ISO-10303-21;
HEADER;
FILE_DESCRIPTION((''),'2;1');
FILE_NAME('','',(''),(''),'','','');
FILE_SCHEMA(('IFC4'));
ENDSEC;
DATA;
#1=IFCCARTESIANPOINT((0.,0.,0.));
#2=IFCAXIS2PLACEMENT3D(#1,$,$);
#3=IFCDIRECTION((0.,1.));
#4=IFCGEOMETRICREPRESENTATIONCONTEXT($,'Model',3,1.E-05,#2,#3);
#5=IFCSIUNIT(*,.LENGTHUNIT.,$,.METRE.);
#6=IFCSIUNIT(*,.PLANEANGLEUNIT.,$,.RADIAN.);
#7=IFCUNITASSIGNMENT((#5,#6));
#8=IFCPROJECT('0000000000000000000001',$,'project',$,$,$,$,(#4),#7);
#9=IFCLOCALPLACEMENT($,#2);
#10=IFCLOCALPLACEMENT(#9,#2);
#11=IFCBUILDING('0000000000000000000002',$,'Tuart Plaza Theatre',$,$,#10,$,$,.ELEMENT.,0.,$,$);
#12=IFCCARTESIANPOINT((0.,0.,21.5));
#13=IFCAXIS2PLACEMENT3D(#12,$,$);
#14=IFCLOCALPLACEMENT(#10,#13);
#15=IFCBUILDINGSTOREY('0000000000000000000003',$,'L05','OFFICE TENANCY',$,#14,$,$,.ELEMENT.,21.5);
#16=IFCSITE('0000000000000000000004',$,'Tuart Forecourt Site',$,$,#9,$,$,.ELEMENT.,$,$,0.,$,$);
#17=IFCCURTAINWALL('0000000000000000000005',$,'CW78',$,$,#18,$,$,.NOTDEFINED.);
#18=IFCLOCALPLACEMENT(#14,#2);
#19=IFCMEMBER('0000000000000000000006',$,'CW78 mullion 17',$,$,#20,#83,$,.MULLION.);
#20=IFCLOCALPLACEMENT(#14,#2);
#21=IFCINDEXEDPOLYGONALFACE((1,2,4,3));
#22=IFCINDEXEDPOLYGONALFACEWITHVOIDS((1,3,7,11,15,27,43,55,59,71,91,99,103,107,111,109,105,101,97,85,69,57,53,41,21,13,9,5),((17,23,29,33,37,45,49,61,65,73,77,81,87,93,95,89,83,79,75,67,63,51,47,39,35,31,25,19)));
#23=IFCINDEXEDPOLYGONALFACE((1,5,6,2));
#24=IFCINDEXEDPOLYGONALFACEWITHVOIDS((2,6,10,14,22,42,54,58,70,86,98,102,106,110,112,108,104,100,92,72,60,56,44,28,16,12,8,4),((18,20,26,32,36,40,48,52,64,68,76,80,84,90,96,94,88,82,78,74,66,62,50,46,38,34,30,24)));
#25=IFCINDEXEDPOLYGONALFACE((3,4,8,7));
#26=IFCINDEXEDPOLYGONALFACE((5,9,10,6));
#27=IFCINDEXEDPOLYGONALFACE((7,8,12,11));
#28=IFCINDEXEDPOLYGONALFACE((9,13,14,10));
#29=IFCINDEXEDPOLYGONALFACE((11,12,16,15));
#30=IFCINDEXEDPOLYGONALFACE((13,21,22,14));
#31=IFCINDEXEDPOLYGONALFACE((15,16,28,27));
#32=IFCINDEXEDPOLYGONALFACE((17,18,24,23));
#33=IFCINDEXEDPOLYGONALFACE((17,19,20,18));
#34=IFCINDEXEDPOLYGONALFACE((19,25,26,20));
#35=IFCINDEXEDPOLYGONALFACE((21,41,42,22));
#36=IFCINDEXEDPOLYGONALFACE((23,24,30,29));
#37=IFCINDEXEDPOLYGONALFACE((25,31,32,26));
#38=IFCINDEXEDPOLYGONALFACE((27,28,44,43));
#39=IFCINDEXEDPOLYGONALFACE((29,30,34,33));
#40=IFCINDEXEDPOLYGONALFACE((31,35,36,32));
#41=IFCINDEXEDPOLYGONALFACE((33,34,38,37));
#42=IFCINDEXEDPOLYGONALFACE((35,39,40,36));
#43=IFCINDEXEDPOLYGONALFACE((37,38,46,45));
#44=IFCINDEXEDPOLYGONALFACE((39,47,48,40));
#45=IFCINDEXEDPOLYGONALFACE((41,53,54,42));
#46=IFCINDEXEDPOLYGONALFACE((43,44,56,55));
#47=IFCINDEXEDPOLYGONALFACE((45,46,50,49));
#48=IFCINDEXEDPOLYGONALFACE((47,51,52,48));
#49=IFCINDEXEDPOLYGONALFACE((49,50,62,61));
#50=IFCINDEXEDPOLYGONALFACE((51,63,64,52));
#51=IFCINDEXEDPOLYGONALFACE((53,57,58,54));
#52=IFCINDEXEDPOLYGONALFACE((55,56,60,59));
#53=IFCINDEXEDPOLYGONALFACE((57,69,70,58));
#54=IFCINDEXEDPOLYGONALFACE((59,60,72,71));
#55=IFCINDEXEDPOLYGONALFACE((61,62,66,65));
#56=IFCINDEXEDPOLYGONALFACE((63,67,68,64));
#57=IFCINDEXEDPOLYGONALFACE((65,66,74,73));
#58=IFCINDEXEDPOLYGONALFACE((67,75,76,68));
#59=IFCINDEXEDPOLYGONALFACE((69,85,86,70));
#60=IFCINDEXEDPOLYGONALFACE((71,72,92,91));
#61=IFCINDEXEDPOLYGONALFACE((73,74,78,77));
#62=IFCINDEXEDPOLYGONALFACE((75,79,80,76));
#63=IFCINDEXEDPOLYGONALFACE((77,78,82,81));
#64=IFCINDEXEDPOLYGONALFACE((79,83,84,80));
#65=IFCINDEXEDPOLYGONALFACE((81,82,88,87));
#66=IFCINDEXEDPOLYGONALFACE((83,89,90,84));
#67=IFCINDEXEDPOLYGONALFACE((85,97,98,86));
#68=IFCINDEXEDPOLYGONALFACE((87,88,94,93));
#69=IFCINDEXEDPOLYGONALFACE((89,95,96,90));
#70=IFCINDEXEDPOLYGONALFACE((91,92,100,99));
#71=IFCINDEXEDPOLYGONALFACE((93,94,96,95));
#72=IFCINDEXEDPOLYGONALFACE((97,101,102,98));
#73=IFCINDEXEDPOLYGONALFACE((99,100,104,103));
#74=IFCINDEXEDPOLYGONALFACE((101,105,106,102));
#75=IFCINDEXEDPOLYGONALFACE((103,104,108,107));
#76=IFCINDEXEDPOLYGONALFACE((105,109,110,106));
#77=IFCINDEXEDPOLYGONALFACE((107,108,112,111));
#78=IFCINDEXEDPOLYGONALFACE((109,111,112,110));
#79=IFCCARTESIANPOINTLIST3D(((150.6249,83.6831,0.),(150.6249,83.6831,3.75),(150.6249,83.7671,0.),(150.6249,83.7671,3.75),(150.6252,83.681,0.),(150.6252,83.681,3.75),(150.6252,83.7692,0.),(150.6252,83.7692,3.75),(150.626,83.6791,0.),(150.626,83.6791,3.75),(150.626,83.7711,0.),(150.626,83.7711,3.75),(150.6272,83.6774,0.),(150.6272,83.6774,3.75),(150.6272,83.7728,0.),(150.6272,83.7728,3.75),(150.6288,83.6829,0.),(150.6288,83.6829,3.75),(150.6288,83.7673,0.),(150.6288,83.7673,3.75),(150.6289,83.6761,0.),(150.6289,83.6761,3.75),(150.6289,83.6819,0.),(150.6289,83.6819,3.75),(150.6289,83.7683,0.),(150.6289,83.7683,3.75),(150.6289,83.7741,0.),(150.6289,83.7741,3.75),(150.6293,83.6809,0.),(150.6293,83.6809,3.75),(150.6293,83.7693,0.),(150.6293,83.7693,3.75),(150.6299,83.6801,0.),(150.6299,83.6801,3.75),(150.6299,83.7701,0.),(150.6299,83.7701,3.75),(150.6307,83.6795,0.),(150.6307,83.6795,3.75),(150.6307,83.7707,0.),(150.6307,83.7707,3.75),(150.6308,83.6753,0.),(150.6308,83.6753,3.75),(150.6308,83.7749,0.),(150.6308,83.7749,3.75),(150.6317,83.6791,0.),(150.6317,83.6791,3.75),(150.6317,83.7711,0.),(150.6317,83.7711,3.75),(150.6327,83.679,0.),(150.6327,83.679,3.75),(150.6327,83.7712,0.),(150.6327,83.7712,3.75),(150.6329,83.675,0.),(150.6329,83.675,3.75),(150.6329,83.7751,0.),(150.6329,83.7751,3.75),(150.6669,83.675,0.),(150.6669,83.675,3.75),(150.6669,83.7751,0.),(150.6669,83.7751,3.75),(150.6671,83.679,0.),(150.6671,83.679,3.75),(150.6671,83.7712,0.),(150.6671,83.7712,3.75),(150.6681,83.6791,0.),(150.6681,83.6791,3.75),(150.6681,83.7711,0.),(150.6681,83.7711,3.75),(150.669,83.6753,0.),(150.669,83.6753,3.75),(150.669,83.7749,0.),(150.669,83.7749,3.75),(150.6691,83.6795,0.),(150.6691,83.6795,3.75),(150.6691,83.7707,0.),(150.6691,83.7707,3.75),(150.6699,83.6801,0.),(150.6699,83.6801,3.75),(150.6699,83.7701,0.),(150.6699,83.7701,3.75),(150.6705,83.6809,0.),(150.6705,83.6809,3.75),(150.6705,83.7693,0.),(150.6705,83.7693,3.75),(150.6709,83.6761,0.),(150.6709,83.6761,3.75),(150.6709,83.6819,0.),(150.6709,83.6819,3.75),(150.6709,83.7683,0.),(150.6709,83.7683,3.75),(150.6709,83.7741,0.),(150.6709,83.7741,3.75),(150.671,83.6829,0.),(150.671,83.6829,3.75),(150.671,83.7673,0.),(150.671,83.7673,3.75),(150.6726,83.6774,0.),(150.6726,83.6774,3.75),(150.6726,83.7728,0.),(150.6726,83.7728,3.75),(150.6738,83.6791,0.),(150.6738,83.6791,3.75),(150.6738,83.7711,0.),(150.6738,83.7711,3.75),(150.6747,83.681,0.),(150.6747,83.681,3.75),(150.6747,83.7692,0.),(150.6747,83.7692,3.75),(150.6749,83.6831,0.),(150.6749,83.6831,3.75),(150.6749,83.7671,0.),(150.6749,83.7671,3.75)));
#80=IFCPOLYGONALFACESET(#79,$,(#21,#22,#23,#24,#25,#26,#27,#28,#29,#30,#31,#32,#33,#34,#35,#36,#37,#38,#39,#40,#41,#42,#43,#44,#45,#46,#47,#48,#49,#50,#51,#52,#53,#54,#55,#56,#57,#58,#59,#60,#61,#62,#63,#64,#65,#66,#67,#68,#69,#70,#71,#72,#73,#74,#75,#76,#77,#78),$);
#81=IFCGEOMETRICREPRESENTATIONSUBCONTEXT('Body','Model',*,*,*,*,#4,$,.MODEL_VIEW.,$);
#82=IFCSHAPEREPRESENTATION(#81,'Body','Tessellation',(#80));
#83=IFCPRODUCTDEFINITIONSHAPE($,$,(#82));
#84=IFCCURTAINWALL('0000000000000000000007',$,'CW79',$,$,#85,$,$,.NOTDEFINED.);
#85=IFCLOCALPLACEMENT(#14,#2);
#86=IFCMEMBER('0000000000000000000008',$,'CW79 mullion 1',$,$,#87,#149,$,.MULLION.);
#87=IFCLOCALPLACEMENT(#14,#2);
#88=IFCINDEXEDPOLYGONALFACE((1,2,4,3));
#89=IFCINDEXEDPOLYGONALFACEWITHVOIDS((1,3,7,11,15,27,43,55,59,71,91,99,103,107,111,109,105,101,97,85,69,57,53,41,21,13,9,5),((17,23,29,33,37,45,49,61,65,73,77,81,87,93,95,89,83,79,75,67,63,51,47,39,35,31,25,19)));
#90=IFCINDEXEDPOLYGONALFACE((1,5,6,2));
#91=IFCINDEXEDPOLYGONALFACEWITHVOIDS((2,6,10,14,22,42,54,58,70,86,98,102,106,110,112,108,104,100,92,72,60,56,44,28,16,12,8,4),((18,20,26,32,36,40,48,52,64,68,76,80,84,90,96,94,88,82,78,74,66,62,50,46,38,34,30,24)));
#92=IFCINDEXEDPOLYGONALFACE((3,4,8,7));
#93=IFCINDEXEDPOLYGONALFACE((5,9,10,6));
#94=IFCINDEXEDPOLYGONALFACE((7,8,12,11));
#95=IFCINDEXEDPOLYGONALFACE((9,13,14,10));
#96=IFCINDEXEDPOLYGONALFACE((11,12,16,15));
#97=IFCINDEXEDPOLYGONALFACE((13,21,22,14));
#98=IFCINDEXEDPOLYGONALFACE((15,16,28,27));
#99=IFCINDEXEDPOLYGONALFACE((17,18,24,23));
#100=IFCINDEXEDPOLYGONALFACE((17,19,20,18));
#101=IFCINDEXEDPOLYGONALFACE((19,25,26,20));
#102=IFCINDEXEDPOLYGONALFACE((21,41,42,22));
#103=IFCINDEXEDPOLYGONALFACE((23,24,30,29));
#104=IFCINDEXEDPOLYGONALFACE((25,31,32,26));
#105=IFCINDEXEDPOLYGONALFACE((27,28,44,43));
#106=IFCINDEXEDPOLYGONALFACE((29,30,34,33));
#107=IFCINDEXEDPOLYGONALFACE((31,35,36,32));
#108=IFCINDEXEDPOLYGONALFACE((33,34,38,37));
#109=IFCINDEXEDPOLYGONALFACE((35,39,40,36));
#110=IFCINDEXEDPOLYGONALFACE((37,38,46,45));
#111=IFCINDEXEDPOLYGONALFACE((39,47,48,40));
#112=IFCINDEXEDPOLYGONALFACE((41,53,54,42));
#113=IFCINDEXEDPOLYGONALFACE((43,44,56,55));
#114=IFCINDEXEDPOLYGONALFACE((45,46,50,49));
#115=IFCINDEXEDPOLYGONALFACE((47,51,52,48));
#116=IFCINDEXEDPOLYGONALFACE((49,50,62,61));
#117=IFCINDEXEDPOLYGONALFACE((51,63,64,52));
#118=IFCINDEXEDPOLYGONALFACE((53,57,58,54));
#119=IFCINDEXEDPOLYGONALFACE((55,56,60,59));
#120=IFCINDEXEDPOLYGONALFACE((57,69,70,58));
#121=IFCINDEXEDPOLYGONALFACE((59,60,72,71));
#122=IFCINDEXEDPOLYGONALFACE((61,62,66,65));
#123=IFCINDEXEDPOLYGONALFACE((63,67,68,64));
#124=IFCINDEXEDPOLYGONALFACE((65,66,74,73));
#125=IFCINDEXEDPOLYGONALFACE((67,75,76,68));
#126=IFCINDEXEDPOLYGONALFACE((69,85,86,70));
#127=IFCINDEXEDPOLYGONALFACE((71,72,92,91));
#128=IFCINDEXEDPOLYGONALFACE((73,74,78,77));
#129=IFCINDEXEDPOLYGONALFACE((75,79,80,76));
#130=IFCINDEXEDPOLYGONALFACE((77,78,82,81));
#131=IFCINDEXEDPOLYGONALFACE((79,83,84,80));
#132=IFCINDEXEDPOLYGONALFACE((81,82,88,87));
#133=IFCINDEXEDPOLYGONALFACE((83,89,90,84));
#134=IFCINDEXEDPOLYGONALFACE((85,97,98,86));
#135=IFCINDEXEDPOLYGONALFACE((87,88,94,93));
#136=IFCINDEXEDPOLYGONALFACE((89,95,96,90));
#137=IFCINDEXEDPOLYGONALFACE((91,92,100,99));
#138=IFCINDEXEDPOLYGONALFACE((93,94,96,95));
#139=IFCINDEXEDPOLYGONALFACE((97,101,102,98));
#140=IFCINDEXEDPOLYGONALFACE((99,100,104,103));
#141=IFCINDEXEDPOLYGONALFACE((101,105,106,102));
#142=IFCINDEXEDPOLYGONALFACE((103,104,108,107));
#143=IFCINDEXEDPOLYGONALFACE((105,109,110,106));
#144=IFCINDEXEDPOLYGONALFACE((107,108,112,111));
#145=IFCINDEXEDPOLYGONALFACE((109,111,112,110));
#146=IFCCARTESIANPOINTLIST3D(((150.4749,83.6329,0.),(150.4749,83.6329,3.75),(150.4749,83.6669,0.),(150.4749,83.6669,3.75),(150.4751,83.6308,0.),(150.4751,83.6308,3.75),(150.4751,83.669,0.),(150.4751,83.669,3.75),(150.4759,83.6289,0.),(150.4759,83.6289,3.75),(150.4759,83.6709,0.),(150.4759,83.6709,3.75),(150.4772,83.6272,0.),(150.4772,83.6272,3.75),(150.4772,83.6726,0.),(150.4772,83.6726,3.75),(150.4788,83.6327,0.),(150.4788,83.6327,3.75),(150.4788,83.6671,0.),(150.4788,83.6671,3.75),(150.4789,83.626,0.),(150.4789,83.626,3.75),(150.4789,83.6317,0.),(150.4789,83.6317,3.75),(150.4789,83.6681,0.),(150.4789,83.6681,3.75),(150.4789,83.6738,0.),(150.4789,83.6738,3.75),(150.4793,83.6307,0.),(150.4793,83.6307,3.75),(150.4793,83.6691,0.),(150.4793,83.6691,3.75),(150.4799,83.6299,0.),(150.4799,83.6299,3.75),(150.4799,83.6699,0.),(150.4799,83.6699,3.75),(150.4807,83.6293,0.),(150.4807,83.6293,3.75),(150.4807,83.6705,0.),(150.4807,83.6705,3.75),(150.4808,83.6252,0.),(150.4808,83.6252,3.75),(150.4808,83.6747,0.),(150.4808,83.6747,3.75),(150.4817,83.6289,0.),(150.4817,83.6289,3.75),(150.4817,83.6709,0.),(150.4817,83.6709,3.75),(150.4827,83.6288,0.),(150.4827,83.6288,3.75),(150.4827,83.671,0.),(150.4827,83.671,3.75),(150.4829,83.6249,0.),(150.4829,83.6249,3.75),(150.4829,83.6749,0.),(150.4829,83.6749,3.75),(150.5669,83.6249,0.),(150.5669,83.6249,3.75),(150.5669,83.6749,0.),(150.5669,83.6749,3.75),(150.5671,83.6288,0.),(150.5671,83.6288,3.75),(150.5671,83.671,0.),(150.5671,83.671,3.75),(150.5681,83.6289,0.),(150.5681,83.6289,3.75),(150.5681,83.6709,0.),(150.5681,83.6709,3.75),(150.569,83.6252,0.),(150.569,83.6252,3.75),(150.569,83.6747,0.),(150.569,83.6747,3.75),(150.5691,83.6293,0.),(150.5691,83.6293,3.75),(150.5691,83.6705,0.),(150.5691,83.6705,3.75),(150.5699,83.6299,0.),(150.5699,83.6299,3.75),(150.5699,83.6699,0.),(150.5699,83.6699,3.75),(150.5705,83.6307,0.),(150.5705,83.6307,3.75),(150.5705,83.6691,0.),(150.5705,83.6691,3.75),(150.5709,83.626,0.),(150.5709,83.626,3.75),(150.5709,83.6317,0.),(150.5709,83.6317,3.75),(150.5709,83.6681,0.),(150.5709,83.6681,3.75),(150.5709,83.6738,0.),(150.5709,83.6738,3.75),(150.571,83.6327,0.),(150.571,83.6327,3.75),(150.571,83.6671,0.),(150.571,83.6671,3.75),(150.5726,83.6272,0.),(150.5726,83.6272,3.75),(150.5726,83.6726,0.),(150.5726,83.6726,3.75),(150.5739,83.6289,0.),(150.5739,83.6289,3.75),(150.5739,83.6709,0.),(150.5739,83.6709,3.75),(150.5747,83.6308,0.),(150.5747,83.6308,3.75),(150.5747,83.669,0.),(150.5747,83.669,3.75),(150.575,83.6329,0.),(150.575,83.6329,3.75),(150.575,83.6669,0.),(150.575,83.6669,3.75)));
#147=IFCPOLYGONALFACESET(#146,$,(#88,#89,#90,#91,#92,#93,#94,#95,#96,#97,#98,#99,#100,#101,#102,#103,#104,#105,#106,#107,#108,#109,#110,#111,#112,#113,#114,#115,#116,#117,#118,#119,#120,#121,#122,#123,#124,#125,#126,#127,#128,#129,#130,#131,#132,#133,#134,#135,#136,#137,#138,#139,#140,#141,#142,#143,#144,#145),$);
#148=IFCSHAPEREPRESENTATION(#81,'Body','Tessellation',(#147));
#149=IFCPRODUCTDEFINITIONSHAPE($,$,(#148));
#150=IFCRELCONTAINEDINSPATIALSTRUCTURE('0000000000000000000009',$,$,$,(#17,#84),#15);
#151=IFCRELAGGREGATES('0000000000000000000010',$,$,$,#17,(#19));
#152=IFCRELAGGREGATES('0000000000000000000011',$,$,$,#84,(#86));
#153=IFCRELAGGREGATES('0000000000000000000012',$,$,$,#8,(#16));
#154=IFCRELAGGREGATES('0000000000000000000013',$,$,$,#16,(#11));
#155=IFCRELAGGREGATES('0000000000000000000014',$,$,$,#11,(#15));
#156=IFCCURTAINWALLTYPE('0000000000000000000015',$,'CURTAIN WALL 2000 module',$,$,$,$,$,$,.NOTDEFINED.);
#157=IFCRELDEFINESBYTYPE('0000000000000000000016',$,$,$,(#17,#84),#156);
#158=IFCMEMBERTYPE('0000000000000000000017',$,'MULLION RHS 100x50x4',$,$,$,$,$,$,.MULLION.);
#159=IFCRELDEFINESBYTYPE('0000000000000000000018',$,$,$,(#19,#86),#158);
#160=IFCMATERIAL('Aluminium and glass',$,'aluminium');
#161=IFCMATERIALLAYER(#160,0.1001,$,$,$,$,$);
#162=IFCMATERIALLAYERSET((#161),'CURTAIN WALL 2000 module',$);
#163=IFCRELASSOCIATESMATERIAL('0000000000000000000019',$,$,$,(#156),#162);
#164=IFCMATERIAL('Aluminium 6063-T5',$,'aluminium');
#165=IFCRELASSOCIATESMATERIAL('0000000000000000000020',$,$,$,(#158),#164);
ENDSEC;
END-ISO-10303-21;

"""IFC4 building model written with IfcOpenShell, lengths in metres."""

from ifc_helpers import new_model, si_unit, direction, frame, origin, origin_2d, place, context, subcontext, project, spatial, hollow_rectangle, extrude, material, layer, layer_set, material_profile, profile_set, type_object, element, aggregate, save


model = new_model("IFC4")

# Units and contexts
model_context = context("Model", 3, precision=1e-05, world=origin(), true_north=direction((0.0, 1.0)))
body_context = subcontext(model_context, "Body", "Model", "MODEL_VIEW")
ifc_project = project(units=[si_unit("LENGTHUNIT", "METRE"), si_unit("PLANEANGLEUNIT", "RADIAN")], contexts=[model_context])

# Site, building, storey
site_placement = place(None, origin())
site = spatial("IfcSite", under=ifc_project, at=site_placement, Name="Tuart Forecourt Site", CompositionType="ELEMENT", RefElevation=0.0)
building_placement = place(site_placement, origin())
building = spatial("IfcBuilding", under=site, at=building_placement, Name="Tuart Plaza Theatre", CompositionType="ELEMENT", ElevationOfRefHeight=0.0)
storey_placement = place(building_placement, frame((0.0, 0.0, 21.5)))
storey = spatial("IfcBuildingStorey", under=building, at=storey_placement, Name="L05", Description="OFFICE TENANCY", CompositionType="ELEMENT", Elevation=21.5)

# Curtain wall, member
ifc_material_1 = material(Name="Aluminium and glass", Category="aluminium")
ifc_layer_1 = layer(ifc_material_1, 0.1001)
ifc_layer_set_1 = layer_set([ifc_layer_1], Name="CURTAIN WALL 2000 module")
curtain_wall_type = type_object("IfcCurtainWallType", Name="CURTAIN WALL 2000 module", PredefinedType="NOTDEFINED", material=ifc_layer_set_1)
curtain_wall_1_placement = place(storey_placement, origin())
curtain_wall_1 = element("IfcCurtainWall", 1, at=curtain_wall_1_placement, inside=storey, type_object=curtain_wall_type, Name="CW78", PredefinedType="NOTDEFINED")
ifc_material_2 = material(Name="Aluminium 6063-T5", Category="aluminium")
ifc_material_profile_1 = material_profile(ifc_material_2, hollow_rectangle(XDim=0.05, YDim=0.1001, WallThickness=0.0039, InnerFilletRadius=0.0039, OuterFilletRadius=0.0081, at=origin_2d()), Name="RHS 100x50x4")
ifc_profile_set_1 = profile_set([ifc_material_profile_1], Name="Aluminium 6063-T5")
member_type_1 = type_object("IfcMemberType", Name="MULLION RHS 100x50x4", PredefinedType="MULLION", material=ifc_profile_set_1)
member_1_placement = place(storey_placement, frame((150.6499, 83.7251, 0.0), z_axis=(0.0, 0.0, 1.0), x_axis=(-1.0, 0.0, 0.0)))
member_1 = element("IfcMember", 2, at=member_1_placement, type_object=member_type_1, Name="CW78 mullion 17", PredefinedType="MULLION", context=body_context, shape_type="SweptSolid", body=[
    extrude(hollow_rectangle(XDim=0.05, YDim=0.1001, WallThickness=0.0039, InnerFilletRadius=0.0039, OuterFilletRadius=0.0081, at=origin_2d()), origin(), (0.0, 0.0, 1.0), 3.75),
])
aggregate(curtain_wall_1, [member_1])

# Curtain wall, member
curtain_wall_2_placement = place(storey_placement, origin())
curtain_wall_2 = element("IfcCurtainWall", 3, at=curtain_wall_2_placement, inside=storey, type_object=curtain_wall_type, Name="CW79", PredefinedType="NOTDEFINED")
member_2_placement = place(storey_placement, frame((150.5249, 83.6499, 0.0), z_axis=(0.0, 0.0, 1.0), x_axis=(0.0, -1.0, 0.0)))
member_2 = element("IfcMember", 4, at=member_2_placement, type_object=member_type_1, Name="CW79 mullion 1", PredefinedType="MULLION", context=body_context, shape_type="SweptSolid", body=[
    extrude(hollow_rectangle(XDim=0.05, YDim=0.1001, WallThickness=0.0039, InnerFilletRadius=0.0039, OuterFilletRadius=0.0081, at=origin_2d()), origin(), (0.0, 0.0, 1.0), 3.75),
])

aggregate(curtain_wall_2, [member_2])

save(model, "model.ifc")
